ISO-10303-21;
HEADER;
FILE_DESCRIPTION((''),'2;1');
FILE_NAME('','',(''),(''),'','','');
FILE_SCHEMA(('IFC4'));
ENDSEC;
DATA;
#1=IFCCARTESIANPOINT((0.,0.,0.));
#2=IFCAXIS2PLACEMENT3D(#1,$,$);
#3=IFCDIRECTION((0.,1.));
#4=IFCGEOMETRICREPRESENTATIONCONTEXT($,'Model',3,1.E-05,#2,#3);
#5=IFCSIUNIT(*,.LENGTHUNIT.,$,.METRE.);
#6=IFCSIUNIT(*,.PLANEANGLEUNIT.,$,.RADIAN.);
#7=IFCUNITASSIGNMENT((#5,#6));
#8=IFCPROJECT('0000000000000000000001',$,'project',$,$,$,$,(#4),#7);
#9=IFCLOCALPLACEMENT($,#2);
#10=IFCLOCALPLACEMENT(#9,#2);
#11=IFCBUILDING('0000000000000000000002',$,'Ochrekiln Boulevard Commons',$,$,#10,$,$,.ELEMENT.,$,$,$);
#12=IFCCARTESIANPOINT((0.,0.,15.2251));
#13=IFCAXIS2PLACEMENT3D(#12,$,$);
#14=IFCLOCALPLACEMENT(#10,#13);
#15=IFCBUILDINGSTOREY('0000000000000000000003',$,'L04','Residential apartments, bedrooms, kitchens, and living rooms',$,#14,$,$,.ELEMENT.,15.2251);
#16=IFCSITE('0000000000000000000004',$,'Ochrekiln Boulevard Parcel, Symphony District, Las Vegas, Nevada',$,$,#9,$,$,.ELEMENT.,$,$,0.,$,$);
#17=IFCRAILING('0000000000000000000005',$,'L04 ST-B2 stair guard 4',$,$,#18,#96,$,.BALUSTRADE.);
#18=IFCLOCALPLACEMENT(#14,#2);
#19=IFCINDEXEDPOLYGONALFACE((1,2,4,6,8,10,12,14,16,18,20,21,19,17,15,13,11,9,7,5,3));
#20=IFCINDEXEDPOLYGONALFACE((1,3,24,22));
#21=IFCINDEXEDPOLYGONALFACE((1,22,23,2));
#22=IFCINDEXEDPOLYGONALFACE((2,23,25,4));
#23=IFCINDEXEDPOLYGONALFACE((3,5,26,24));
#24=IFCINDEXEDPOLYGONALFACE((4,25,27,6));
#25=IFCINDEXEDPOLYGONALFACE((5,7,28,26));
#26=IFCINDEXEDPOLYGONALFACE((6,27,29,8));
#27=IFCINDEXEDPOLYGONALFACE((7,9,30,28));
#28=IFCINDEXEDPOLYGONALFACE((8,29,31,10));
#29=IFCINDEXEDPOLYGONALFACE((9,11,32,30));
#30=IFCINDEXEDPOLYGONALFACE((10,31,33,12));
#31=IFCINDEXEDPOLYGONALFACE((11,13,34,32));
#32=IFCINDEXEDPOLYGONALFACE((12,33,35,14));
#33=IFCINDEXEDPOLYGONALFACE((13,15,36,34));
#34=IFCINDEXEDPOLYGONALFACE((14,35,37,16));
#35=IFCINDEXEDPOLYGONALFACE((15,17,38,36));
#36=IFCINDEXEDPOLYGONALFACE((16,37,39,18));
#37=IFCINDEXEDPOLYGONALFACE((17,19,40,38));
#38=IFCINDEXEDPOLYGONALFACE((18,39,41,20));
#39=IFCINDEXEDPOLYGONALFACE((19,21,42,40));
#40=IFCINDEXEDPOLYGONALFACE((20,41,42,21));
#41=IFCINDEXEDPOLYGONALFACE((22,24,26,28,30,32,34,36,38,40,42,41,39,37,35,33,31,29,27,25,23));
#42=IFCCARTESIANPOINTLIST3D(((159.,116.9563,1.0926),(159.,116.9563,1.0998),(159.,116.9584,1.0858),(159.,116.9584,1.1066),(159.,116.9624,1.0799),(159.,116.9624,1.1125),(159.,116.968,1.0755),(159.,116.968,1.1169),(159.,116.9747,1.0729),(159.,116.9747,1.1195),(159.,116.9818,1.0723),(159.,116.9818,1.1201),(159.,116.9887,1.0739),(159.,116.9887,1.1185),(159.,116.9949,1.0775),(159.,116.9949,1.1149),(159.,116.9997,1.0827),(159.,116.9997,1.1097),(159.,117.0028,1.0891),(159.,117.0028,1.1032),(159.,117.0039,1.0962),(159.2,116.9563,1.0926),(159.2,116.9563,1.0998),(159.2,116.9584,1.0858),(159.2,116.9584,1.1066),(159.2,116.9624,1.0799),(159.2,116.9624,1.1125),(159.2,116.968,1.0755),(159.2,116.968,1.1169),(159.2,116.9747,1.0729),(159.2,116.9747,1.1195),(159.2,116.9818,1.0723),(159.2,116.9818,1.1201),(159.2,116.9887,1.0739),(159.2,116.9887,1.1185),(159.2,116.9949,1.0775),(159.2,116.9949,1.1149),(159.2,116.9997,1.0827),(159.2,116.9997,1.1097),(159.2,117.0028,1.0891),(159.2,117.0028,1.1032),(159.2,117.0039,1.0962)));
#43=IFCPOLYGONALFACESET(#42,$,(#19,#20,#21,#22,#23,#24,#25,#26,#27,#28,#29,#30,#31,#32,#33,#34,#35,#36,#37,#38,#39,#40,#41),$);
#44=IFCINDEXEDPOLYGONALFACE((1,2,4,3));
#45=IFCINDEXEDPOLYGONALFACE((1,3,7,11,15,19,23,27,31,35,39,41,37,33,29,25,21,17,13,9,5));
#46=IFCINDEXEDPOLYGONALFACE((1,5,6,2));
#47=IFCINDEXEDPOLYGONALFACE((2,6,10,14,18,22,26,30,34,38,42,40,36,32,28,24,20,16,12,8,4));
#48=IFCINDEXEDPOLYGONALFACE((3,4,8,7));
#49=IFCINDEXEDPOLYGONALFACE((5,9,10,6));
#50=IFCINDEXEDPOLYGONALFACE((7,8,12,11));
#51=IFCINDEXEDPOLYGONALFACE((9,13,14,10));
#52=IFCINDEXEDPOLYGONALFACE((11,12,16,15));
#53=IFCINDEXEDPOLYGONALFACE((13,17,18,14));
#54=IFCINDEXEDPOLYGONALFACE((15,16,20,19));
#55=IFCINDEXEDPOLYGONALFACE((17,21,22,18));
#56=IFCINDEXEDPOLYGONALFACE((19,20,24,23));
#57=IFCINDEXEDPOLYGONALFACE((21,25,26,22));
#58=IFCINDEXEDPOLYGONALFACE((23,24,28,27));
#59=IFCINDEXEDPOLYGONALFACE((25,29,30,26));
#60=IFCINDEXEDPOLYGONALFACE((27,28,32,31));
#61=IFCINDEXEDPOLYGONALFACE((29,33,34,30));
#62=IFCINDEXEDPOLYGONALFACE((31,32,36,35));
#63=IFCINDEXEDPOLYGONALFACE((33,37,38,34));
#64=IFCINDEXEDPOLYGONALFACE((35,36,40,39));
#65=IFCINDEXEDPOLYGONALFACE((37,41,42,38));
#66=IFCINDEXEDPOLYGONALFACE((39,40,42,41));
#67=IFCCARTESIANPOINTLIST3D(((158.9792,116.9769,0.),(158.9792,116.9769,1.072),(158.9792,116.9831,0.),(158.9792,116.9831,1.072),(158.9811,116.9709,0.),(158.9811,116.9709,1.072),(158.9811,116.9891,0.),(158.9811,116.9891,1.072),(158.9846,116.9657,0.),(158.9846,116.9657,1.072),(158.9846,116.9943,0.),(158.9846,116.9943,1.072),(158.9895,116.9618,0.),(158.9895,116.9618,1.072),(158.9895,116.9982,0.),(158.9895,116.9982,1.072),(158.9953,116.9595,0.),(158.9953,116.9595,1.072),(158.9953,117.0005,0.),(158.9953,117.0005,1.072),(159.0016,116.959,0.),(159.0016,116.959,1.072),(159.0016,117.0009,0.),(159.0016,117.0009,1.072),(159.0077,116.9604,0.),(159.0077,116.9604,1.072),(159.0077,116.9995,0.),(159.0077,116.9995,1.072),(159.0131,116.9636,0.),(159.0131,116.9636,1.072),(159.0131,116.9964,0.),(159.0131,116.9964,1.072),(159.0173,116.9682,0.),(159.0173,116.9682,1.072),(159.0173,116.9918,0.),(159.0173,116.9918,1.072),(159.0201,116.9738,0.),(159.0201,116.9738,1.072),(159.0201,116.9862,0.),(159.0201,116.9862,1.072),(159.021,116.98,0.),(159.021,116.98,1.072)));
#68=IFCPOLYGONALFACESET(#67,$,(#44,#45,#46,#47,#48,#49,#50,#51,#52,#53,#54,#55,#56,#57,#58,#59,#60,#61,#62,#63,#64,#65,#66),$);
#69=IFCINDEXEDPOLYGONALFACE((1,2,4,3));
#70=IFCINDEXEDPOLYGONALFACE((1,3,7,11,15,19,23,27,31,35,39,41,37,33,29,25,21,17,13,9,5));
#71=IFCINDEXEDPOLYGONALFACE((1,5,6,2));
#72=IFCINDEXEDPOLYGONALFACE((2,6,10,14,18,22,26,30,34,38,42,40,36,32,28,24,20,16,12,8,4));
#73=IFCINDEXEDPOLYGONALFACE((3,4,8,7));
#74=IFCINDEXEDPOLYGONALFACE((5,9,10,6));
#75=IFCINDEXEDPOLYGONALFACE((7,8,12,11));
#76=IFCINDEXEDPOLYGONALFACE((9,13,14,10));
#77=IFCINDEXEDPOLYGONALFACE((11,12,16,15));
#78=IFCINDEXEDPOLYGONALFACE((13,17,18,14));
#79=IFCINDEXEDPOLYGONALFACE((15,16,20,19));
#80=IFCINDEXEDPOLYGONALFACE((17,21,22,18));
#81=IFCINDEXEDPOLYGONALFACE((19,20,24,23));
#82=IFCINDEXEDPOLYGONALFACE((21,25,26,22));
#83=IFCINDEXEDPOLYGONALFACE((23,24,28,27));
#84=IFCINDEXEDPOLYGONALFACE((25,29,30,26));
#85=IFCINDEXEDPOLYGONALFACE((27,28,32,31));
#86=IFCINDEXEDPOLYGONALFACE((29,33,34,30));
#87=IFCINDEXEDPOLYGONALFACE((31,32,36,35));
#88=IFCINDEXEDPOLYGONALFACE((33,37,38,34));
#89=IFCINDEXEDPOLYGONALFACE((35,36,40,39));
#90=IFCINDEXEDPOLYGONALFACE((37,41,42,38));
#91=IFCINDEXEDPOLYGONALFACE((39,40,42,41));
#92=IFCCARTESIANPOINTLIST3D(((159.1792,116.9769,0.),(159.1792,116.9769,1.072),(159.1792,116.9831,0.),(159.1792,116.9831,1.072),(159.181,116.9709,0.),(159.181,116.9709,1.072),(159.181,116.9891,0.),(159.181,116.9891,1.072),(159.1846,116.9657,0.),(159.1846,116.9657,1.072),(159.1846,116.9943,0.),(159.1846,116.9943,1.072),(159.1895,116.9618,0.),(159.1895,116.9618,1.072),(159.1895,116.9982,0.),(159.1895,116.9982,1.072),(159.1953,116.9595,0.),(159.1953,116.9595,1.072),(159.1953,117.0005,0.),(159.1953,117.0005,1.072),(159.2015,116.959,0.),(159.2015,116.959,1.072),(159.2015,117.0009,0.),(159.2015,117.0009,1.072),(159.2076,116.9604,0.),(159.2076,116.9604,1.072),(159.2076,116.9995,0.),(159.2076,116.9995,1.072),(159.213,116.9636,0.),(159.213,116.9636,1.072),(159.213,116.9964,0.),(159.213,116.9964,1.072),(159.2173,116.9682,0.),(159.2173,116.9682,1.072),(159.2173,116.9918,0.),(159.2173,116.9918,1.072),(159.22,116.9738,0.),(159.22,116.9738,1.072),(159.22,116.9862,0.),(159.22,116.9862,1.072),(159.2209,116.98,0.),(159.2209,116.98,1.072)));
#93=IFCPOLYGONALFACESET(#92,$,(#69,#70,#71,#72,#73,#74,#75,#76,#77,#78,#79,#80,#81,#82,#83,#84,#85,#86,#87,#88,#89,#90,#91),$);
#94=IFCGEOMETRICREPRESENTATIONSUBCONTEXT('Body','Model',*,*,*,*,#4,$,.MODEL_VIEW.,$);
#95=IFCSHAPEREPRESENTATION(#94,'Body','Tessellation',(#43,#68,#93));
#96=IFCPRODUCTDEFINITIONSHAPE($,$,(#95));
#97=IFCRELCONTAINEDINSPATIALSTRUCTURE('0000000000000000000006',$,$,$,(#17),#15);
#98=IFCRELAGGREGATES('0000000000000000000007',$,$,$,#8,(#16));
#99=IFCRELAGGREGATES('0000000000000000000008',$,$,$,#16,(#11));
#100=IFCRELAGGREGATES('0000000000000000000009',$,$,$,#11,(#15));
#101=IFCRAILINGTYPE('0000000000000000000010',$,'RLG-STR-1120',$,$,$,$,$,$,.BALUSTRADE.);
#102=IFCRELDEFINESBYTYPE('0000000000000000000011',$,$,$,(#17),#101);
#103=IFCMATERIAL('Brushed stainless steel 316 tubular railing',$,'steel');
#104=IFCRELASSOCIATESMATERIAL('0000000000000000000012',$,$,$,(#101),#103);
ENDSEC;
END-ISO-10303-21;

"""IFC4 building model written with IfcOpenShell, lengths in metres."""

from ifc_helpers import new_model, si_unit, direction, frame, origin, origin_2d, place, context, subcontext, project, spatial, circle, extrude, material, type_object, element, save


model = new_model("IFC4")

# Units and contexts
model_context = context("Model", 3, precision=1e-05, world=origin(), true_north=direction((0.0, 1.0)))
body_context = subcontext(model_context, "Body", "Model", "MODEL_VIEW")
ifc_project = project(units=[si_unit("LENGTHUNIT", "METRE"), si_unit("PLANEANGLEUNIT", "RADIAN")], contexts=[model_context])

# Site, building, storey
site_placement = place(None, origin())
site = spatial("IfcSite", under=ifc_project, at=site_placement, Name="Ochrekiln Boulevard Parcel, Symphony District, Las Vegas, Nevada", CompositionType="ELEMENT", RefElevation=0.0)
building_placement = place(site_placement, origin())
building = spatial("IfcBuilding", under=site, at=building_placement, Name="Ochrekiln Boulevard Commons", CompositionType="ELEMENT")
storey_placement = place(building_placement, frame((0.0, 0.0, 15.2251)))
storey = spatial("IfcBuildingStorey", under=building, at=storey_placement, Name="L04", Description="Residential apartments, bedrooms, kitchens, and living rooms", CompositionType="ELEMENT", Elevation=15.2251)

# Railing
ifc_material_1 = material(Name="Brushed stainless steel 316 tubular railing", Category="steel")
railing_type_1 = type_object("IfcRailingType", Name="RLG-STR-1120", PredefinedType="BALUSTRADE", material=ifc_material_1)
railing_1_placement = place(storey_placement, frame((159.0, 116.98, 0.0)))
element("IfcRailing", 1, at=railing_1_placement, inside=storey, type_object=railing_type_1, Name="L04 ST-B2 stair guard 4", PredefinedType="BALUSTRADE", context=body_context, shape_type="SweptSolid", body=[
    extrude(circle(Radius=0.0239, at=origin_2d()), frame((0.0, 0.0, 1.0962), z_axis=(1.0, 0.0, 0.0), x_axis=(0.0, 1.0, 0.0)), (0.0, 0.0, 1.0), 0.2),
    extrude(circle(Radius=0.021, at=origin_2d()), origin(), (0.0, 0.0, 1.0), 1.072),
    extrude(circle(Radius=0.021, at=origin_2d()), frame((0.2, 0.0, 0.0)), (0.0, 0.0, 1.0), 1.072),
])

save(model, "model.ifc")
